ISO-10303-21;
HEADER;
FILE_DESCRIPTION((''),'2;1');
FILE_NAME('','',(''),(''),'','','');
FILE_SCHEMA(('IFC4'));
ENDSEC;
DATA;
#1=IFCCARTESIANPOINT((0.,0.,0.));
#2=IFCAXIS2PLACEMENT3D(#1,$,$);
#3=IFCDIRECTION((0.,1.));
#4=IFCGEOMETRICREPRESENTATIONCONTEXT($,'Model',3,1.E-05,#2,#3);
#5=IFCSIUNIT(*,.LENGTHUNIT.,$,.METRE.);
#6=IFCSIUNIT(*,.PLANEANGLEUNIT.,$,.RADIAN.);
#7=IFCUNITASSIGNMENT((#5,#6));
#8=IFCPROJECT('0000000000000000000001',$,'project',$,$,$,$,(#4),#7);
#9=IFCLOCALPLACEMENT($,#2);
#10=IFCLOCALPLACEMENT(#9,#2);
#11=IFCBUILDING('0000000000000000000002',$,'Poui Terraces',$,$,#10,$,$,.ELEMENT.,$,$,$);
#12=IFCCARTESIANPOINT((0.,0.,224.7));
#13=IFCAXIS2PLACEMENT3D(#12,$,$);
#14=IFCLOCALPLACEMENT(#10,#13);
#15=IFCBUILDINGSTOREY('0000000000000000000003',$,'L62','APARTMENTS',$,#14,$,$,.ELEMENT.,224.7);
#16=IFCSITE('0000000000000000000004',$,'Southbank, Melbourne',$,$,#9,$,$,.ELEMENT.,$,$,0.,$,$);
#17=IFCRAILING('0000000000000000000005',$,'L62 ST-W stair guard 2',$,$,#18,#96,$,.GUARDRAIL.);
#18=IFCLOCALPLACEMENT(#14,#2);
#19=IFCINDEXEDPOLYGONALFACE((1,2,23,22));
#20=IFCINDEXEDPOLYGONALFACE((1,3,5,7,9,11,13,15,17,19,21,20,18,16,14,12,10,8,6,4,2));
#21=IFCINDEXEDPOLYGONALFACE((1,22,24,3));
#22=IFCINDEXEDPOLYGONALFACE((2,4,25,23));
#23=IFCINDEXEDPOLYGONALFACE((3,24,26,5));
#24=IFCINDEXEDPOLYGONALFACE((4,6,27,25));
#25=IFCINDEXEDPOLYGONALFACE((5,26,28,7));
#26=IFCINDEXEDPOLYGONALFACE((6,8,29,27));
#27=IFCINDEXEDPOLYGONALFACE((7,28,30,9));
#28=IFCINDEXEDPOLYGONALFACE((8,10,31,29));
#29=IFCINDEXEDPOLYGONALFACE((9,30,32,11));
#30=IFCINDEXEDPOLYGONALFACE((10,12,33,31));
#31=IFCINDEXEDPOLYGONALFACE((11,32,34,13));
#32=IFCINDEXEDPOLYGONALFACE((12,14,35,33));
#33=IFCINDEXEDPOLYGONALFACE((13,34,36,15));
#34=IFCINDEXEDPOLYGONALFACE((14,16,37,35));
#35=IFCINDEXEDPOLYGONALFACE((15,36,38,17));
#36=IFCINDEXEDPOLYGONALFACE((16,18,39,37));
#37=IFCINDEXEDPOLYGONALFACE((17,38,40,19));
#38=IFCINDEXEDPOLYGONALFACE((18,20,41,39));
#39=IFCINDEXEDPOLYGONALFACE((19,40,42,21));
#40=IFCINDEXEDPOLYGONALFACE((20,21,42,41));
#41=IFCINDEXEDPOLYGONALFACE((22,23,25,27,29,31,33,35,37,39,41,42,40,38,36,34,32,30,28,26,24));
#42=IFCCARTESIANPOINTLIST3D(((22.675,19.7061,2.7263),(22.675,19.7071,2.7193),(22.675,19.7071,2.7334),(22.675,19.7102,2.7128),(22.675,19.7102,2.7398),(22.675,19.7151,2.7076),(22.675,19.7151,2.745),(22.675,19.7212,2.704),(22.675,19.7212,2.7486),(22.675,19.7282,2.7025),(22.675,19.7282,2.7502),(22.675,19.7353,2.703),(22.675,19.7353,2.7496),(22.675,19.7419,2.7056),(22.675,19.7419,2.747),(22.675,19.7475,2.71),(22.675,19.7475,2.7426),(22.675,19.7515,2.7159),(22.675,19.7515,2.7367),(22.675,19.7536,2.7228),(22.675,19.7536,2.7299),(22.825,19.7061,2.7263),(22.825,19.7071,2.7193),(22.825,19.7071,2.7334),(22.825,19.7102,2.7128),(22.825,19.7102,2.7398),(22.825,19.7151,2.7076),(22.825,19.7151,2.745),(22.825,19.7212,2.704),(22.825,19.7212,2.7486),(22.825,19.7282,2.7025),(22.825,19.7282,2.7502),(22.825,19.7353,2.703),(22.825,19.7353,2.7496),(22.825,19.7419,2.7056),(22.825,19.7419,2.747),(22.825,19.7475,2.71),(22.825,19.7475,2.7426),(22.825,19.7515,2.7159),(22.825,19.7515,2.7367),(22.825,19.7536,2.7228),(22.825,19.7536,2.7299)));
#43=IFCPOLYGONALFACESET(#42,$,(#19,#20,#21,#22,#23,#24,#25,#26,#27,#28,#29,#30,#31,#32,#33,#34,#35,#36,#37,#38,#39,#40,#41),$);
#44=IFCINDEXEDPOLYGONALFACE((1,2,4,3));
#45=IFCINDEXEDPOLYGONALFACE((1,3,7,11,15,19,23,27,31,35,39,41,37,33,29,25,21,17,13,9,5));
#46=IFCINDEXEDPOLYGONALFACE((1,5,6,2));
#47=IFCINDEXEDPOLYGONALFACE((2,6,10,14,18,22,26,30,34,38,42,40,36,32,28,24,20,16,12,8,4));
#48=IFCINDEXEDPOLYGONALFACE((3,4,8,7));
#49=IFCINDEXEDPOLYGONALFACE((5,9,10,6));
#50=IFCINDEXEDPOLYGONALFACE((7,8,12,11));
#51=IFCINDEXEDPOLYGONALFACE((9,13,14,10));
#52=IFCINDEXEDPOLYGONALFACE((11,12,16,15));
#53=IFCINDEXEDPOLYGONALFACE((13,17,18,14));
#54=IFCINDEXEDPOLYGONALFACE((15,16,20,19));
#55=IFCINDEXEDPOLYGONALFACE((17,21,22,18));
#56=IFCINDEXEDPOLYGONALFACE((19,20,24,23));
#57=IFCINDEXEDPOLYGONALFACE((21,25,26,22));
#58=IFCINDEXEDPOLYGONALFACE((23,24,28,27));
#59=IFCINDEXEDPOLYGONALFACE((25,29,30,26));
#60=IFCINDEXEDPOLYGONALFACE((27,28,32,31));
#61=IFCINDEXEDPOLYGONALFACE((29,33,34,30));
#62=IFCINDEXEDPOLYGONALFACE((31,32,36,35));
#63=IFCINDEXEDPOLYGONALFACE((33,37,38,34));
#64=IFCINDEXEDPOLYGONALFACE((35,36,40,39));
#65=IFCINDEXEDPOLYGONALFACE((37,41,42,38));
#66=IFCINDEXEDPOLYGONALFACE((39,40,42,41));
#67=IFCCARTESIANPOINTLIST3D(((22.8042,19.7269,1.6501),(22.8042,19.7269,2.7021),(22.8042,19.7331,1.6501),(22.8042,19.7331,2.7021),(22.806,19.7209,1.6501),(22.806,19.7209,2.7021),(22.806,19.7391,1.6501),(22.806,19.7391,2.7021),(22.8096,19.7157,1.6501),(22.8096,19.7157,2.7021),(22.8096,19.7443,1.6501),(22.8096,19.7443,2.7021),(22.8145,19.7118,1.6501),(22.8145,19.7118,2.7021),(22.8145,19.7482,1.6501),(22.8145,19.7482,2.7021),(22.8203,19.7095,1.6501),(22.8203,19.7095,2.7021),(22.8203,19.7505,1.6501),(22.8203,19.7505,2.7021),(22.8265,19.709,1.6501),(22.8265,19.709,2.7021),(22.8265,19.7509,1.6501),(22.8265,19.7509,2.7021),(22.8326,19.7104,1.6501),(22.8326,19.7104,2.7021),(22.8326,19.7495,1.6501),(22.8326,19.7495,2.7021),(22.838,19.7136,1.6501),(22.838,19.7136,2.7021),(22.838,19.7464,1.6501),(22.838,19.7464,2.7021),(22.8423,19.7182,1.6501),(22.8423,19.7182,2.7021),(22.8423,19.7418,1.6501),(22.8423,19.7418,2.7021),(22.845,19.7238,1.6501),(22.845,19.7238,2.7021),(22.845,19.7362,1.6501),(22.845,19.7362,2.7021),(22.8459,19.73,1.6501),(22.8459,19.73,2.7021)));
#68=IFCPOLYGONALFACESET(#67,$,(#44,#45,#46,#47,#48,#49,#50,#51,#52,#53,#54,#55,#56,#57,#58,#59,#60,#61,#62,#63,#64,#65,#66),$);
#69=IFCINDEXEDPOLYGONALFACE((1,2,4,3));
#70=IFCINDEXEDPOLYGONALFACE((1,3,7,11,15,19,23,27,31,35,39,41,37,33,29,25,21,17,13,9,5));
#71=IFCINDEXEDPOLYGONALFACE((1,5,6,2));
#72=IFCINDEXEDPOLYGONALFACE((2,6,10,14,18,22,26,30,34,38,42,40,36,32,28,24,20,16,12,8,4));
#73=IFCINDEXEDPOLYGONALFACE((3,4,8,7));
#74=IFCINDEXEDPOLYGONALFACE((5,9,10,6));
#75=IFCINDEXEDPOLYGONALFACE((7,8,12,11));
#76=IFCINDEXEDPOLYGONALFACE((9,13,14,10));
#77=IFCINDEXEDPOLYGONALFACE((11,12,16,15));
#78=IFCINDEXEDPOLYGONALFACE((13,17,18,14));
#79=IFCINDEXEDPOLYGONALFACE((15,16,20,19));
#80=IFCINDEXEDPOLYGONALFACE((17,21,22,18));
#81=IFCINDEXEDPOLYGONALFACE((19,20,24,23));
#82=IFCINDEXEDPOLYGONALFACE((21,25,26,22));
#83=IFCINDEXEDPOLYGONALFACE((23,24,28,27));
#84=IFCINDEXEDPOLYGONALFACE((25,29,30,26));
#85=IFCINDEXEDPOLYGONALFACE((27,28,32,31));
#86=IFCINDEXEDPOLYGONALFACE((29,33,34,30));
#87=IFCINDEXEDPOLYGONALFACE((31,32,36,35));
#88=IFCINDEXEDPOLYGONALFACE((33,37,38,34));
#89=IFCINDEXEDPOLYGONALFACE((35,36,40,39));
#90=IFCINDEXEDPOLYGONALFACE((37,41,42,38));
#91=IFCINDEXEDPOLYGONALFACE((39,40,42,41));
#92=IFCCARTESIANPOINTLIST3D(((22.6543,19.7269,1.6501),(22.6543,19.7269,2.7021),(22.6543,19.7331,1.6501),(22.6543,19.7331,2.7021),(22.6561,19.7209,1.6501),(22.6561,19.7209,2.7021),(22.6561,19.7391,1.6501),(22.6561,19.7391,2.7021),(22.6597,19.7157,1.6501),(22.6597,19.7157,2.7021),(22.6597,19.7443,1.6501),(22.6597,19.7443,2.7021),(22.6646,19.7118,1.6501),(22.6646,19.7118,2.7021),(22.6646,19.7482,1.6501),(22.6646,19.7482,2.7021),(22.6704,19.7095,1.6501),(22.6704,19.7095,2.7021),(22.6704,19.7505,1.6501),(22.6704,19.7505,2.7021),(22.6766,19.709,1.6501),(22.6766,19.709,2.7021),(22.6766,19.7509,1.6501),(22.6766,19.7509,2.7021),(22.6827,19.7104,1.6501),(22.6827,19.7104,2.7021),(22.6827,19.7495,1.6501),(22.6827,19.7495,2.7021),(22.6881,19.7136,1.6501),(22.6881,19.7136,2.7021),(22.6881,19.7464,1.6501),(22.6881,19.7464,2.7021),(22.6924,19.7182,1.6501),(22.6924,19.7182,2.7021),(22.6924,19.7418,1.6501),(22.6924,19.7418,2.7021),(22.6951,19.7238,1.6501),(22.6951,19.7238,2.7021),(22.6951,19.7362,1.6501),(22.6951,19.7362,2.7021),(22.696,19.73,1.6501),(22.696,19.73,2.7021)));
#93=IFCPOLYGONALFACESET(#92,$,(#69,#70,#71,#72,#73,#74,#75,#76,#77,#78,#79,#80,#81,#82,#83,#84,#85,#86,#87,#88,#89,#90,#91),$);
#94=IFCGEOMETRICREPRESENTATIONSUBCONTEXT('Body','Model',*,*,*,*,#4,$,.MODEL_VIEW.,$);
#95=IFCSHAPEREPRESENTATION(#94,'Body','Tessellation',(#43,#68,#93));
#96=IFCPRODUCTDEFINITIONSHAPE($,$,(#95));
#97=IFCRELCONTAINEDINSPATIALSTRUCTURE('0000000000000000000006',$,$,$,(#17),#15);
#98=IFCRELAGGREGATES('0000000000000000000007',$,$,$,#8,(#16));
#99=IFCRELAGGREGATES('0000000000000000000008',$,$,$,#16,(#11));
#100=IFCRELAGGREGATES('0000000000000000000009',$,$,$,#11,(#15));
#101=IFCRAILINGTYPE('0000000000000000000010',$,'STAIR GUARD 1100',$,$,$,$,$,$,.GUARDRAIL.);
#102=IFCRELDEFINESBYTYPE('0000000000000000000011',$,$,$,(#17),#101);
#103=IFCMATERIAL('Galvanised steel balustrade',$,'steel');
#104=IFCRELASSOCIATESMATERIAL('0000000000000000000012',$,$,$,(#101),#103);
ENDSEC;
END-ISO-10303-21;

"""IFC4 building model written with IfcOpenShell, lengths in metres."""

from ifc_helpers import new_model, si_unit, direction, frame, origin, origin_2d, place, context, subcontext, project, spatial, circle, extrude, material, type_object, element, save


model = new_model("IFC4")

# Units and contexts
model_context = context("Model", 3, precision=1e-05, world=origin(), true_north=direction((0.0, 1.0)))
body_context = subcontext(model_context, "Body", "Model", "MODEL_VIEW")
ifc_project = project(units=[si_unit("LENGTHUNIT", "METRE"), si_unit("PLANEANGLEUNIT", "RADIAN")], contexts=[model_context])

# Site, building, storey
site_placement = place(None, origin())
site = spatial("IfcSite", under=ifc_project, at=site_placement, Name="Southbank, Melbourne", CompositionType="ELEMENT", RefElevation=0.0)
building_placement = place(site_placement, origin())
building = spatial("IfcBuilding", under=site, at=building_placement, Name="Poui Terraces", CompositionType="ELEMENT")
storey_placement = place(building_placement, frame((0.0, 0.0, 224.7)))
storey = spatial("IfcBuildingStorey", under=building, at=storey_placement, Name="L62", Description="APARTMENTS", CompositionType="ELEMENT", Elevation=224.7)

# Railing
ifc_material_1 = material(Name="Galvanised steel balustrade", Category="steel")
railing_type_1 = type_object("IfcRailingType", Name="STAIR GUARD 1100", PredefinedType="GUARDRAIL", material=ifc_material_1)
railing_1_placement = place(storey_placement, frame((22.825, 19.73, 1.6501)))
element("IfcRailing", 1, at=railing_1_placement, inside=storey, type_object=railing_type_1, Name="L62 ST-W stair guard 2", PredefinedType="GUARDRAIL", context=body_context, shape_type="SweptSolid", body=[
    extrude(circle(Radius=0.0239, at=origin_2d()), frame((0.0, 0.0, 1.0762), z_axis=(-1.0, 0.0, 0.0), x_axis=(0.0, -1.0, 0.0)), (0.0, 0.0, 1.0), 0.1499),
    extrude(circle(Radius=0.021, at=origin_2d()), origin(), (0.0, 0.0, 1.0), 1.052),
    extrude(circle(Radius=0.021, at=origin_2d()), frame((-0.1499, 0.0, 0.0)), (0.0, 0.0, 1.0), 1.052),
])

save(model, "model.ifc")
